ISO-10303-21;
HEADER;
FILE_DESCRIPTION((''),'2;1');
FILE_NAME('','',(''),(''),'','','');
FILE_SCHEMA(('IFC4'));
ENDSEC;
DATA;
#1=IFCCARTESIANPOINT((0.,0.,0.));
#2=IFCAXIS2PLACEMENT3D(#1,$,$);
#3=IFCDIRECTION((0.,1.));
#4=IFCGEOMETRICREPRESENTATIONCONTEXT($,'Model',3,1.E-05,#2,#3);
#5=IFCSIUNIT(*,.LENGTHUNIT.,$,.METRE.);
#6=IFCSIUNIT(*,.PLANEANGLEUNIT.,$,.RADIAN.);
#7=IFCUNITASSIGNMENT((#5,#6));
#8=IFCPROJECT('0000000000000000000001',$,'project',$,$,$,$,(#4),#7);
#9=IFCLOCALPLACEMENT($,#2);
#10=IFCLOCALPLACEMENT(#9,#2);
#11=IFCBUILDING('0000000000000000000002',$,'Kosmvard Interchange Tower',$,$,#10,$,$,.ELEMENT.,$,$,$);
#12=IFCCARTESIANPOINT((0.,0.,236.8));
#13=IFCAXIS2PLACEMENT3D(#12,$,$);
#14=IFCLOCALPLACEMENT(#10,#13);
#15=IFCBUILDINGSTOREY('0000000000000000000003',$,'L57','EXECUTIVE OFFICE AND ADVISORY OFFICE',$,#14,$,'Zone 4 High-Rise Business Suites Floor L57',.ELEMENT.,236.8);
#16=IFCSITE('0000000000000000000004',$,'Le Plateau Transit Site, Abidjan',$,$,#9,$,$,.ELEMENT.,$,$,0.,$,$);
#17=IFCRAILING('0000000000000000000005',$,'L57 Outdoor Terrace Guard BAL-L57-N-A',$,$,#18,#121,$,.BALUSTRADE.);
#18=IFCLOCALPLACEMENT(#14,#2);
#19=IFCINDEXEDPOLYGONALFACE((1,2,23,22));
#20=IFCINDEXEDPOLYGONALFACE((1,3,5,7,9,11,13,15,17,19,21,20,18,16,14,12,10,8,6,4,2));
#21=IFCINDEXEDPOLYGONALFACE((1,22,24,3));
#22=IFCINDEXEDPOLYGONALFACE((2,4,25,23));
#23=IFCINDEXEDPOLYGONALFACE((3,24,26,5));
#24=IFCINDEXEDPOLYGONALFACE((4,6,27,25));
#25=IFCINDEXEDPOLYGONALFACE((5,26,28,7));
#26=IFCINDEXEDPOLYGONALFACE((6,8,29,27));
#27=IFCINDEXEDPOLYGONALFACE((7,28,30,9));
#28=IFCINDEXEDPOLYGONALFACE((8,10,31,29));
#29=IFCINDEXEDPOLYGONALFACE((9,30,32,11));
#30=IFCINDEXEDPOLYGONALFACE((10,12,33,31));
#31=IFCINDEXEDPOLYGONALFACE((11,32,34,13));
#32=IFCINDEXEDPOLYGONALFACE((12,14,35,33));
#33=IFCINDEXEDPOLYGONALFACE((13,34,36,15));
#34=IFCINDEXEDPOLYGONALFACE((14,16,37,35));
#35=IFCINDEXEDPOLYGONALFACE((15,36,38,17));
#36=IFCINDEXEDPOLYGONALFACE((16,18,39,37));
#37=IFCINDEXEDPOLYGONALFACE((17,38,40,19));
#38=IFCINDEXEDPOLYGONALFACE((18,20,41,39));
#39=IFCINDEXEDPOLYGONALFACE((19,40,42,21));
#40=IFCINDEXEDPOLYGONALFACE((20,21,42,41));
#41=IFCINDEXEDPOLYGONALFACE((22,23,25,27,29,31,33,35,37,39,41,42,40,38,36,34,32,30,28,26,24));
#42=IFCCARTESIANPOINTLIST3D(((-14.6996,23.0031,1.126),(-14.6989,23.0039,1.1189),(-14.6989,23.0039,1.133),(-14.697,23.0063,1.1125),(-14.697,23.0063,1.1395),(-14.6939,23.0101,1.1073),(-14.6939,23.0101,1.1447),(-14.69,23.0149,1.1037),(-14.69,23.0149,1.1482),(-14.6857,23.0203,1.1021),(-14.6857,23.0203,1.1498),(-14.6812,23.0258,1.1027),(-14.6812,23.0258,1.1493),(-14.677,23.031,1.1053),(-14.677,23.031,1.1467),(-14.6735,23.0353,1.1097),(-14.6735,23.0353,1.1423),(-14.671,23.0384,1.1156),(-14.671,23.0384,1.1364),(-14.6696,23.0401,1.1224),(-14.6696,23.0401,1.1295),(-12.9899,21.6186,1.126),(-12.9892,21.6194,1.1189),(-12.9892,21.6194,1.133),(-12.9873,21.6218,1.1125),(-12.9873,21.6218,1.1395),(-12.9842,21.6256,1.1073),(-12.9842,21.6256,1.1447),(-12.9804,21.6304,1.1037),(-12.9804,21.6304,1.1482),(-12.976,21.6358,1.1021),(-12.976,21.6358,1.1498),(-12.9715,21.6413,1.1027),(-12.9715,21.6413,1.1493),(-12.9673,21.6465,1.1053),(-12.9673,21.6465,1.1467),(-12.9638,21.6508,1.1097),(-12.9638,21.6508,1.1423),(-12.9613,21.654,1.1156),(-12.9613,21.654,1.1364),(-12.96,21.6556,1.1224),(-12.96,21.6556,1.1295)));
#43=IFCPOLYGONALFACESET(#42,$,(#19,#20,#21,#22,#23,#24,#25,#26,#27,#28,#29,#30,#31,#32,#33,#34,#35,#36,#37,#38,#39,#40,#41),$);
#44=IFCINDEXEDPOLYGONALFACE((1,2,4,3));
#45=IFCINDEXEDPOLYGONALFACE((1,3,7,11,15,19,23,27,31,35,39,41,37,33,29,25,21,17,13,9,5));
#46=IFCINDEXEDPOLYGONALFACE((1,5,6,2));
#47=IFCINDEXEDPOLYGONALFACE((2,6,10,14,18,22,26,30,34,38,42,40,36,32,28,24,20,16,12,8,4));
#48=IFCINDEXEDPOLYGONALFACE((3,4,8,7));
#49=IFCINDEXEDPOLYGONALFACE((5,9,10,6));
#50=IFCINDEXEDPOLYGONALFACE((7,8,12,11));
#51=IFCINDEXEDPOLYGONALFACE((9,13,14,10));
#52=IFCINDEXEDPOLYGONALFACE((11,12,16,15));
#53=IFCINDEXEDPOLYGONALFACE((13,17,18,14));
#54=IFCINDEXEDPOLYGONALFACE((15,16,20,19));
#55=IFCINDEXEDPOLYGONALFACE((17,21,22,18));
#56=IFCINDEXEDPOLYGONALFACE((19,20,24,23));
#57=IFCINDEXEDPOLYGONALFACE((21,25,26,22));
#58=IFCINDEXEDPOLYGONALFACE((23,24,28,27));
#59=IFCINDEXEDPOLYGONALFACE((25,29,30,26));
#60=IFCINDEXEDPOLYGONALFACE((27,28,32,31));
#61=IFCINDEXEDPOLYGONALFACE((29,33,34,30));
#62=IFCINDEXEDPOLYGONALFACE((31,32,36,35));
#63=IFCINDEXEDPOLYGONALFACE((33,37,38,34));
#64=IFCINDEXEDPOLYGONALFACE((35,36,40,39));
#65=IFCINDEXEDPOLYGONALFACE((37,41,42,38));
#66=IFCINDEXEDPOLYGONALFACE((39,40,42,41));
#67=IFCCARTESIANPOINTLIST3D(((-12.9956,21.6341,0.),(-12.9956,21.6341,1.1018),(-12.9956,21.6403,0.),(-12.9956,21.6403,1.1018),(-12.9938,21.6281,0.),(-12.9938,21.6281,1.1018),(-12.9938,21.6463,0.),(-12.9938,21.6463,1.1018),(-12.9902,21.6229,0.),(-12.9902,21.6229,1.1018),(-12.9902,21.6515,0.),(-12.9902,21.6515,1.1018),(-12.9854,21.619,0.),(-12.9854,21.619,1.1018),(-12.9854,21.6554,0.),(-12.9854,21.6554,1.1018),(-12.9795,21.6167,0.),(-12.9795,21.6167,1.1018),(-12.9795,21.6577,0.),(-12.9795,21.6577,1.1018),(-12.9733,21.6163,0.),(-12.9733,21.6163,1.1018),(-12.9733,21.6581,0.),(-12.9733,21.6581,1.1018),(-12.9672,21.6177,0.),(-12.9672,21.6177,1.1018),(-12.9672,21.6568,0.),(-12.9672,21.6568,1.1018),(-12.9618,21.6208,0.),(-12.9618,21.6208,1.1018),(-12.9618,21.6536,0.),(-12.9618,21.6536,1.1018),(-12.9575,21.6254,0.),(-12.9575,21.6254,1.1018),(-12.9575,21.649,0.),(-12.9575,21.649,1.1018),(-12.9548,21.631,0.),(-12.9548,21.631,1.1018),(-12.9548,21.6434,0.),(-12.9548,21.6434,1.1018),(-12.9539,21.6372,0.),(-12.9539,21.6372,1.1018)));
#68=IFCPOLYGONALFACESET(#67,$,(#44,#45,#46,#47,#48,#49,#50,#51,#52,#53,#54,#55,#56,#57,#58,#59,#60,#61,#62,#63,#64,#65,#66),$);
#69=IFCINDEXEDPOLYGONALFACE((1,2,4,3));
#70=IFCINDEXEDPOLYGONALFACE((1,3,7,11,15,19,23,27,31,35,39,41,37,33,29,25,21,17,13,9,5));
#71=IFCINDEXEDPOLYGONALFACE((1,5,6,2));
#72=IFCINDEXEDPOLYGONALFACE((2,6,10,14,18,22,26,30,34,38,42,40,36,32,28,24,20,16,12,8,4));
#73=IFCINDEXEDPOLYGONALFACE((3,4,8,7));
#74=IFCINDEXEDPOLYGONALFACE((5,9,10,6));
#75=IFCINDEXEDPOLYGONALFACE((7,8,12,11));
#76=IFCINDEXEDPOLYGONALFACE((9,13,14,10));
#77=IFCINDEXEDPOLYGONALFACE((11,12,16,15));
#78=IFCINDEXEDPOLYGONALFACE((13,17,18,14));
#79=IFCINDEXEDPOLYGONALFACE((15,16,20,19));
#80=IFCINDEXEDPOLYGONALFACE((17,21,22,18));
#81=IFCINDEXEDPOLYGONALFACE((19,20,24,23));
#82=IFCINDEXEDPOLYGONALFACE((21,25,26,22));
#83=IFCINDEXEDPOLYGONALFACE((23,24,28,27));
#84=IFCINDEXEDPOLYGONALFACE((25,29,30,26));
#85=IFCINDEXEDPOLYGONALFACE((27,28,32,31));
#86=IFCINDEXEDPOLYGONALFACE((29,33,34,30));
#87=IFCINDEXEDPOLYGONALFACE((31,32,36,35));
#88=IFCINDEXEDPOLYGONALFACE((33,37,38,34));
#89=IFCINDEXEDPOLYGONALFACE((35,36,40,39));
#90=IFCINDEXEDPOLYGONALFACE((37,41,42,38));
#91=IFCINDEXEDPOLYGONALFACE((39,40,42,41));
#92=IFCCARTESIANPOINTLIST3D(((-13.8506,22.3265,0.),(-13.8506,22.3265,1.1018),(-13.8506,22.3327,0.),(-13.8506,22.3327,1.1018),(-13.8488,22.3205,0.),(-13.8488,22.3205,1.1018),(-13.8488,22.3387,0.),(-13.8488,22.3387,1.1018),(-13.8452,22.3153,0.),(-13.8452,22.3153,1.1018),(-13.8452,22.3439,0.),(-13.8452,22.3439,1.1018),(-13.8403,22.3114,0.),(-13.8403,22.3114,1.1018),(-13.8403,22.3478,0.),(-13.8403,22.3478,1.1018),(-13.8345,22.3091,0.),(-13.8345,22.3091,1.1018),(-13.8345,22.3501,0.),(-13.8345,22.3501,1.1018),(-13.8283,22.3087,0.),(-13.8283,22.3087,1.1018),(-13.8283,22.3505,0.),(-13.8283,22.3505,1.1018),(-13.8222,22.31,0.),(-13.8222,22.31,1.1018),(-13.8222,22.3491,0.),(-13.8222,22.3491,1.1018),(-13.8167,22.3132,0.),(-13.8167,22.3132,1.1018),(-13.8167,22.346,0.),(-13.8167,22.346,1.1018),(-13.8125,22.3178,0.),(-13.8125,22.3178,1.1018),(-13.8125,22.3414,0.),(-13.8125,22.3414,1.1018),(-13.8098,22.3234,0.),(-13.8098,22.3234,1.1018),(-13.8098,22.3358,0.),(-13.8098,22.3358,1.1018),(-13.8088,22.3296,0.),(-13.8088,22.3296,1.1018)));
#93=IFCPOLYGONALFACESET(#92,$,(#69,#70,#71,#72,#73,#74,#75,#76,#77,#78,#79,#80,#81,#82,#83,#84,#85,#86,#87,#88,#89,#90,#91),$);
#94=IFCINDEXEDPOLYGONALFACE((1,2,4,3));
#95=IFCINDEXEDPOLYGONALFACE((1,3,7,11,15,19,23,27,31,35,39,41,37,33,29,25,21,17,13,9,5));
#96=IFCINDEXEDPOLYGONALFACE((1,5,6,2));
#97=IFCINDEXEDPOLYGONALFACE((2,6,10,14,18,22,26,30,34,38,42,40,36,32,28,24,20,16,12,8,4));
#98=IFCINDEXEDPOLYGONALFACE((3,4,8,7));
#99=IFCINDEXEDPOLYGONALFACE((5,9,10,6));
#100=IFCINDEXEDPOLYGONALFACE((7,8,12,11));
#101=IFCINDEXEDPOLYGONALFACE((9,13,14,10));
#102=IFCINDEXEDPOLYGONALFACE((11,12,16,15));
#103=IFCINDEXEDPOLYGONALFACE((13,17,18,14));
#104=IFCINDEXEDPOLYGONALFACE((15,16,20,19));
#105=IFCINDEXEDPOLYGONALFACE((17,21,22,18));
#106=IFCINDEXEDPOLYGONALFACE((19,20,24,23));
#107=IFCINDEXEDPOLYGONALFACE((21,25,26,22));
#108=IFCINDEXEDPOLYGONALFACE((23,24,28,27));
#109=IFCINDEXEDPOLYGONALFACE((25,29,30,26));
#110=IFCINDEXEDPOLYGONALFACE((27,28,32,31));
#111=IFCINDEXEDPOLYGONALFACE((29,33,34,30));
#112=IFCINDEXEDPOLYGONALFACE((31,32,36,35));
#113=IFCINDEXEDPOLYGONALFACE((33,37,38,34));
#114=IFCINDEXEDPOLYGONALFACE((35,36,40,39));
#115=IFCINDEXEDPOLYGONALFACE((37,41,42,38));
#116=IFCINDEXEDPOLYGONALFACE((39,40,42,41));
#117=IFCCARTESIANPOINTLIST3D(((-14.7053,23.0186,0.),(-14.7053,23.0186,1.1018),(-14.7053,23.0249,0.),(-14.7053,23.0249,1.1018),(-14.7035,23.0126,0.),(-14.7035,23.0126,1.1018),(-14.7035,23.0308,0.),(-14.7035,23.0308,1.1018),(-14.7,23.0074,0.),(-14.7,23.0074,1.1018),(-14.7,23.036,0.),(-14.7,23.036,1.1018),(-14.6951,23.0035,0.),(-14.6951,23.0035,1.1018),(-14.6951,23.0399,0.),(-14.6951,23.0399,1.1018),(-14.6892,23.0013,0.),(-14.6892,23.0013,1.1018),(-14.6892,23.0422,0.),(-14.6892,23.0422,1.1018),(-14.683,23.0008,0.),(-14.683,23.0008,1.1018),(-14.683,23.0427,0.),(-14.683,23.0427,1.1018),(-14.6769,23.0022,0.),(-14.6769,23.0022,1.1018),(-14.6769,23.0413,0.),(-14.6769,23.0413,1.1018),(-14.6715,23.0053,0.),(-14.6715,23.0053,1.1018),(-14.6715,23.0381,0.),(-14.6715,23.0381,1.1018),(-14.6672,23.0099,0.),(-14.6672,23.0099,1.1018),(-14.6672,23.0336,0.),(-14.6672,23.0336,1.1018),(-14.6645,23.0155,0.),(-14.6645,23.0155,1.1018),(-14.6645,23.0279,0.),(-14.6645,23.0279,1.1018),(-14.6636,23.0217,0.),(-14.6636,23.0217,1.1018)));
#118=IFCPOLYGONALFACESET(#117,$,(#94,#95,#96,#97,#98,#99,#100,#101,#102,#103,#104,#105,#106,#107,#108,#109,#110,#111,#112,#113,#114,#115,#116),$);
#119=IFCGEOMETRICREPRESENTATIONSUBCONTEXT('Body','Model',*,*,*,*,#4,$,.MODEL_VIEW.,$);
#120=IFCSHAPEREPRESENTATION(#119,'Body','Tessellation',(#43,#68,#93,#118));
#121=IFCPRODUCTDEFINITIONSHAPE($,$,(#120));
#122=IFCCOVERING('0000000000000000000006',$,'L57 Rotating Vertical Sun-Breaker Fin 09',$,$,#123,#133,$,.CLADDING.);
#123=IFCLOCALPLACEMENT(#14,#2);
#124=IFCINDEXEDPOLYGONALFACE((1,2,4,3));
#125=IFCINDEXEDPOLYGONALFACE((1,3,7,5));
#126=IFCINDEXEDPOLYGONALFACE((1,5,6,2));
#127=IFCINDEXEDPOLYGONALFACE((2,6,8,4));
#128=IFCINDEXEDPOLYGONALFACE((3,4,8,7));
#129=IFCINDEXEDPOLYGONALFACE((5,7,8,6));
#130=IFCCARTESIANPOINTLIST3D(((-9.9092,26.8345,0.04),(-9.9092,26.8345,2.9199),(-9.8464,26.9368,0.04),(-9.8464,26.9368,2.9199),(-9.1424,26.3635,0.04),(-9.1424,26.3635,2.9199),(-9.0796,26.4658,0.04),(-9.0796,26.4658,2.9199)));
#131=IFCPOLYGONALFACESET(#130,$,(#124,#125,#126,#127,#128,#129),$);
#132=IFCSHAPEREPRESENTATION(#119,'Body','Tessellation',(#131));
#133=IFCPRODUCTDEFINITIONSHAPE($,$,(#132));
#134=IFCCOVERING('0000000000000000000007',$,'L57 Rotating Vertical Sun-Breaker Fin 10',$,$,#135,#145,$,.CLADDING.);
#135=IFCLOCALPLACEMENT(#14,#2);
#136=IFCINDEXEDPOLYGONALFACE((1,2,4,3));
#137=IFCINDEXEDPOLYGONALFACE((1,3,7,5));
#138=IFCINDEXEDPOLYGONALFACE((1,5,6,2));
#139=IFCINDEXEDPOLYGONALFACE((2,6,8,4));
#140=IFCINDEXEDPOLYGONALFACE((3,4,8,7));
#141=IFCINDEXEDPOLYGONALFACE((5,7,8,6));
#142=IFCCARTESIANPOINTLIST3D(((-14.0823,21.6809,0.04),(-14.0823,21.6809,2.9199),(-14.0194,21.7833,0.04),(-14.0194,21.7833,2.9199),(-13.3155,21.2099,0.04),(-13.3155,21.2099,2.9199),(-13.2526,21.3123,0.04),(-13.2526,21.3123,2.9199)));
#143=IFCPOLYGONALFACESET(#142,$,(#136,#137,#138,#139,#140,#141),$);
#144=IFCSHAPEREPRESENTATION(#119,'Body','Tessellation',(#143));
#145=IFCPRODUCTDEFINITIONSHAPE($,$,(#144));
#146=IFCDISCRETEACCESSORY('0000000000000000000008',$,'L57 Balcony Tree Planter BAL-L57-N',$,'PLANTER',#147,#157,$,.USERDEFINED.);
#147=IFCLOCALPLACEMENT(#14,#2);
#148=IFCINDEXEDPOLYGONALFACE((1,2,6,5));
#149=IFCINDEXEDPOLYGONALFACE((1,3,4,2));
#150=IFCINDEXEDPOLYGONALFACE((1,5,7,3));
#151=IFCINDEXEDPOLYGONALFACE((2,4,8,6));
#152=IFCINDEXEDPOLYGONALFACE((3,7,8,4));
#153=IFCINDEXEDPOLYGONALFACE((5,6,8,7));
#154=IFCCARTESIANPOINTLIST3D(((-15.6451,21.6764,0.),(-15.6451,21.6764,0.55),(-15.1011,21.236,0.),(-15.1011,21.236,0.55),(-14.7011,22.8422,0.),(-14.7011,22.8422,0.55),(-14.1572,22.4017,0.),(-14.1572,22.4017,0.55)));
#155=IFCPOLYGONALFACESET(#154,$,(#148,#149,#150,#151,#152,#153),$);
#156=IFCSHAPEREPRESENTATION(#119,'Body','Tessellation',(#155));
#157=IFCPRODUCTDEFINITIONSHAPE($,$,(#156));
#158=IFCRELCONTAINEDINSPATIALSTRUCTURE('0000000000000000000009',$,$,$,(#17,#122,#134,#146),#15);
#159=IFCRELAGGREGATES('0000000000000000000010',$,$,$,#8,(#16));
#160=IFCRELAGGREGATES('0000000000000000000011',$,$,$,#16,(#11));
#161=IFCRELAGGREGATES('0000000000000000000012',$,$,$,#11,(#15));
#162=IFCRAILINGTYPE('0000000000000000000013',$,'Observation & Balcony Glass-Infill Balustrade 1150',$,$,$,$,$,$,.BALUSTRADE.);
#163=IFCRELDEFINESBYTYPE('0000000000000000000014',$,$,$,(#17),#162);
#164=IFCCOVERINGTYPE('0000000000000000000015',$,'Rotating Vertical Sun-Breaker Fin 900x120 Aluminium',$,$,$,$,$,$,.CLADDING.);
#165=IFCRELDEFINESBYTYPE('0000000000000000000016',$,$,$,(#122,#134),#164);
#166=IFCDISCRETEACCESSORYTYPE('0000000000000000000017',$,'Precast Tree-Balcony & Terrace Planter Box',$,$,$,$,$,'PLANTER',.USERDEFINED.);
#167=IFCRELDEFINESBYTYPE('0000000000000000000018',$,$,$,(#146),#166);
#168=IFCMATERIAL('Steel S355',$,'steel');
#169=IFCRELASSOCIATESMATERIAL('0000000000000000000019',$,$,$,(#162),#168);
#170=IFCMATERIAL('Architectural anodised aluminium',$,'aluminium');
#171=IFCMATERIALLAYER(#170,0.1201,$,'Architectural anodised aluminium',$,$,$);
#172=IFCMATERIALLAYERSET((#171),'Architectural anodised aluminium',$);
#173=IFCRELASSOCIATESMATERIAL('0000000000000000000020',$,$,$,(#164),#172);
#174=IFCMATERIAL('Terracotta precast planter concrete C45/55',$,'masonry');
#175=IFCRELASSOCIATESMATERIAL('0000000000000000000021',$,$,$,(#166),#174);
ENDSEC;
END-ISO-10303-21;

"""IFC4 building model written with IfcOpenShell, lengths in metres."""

from ifc_helpers import new_model, si_unit, direction, frame, origin, origin_2d, place, context, subcontext, project, spatial, rectangle, circle, extrude, source, transform, mapped, material, layer, layer_set, type_object, element, save


model = new_model("IFC4")

# Units and contexts
model_context = context("Model", 3, precision=1e-05, world=origin(), true_north=direction((0.0, 1.0)))
body_context = subcontext(model_context, "Body", "Model", "MODEL_VIEW")
ifc_project = project(units=[si_unit("LENGTHUNIT", "METRE"), si_unit("PLANEANGLEUNIT", "RADIAN")], contexts=[model_context])

# Site, building, storey
site_placement = place(None, origin())
site = spatial("IfcSite", under=ifc_project, at=site_placement, Name="Le Plateau Transit Site, Abidjan", CompositionType="ELEMENT", RefElevation=0.0)
building_placement = place(site_placement, origin())
building = spatial("IfcBuilding", under=site, at=building_placement, Name="Kosmvard Interchange Tower", CompositionType="ELEMENT")
storey_placement = place(building_placement, frame((0.0, 0.0, 236.8)))
storey = spatial("IfcBuildingStorey", under=building, at=storey_placement, Name="L57", Description="EXECUTIVE OFFICE AND ADVISORY OFFICE", LongName="Zone 4 High-Rise Business Suites Floor L57", CompositionType="ELEMENT", Elevation=236.8)

# Shared definitions
ifc_material_1 = material(Name="Steel S355", Category="steel")

# Railing
railing_type = type_object("IfcRailingType", Name="Observation & Balcony Glass-Infill Balustrade 1150", PredefinedType="BALUSTRADE", material=ifc_material_1)
shared_shape_1 = source(origin(), body_context, "Body", "SweptSolid", [
    extrude(circle(Radius=0.0239, at=origin_2d()), frame((0.0, 0.0, 1.126), z_axis=(-0.777141, 0.629326, 0.0), x_axis=(-0.629326, -0.777141, 0.0)), (0.0, 0.0, 1.0), 2.2),
    extrude(circle(Radius=0.021, at=origin_2d()), origin(), (0.0, 0.0, 1.0), 1.1018),
    extrude(circle(Radius=0.021, at=origin_2d()), frame((-0.855, 0.6924, 0.0)), (0.0, 0.0, 1.0), 1.1018),
    extrude(circle(Radius=0.021, at=origin_2d()), frame((-1.7097, 1.3845, 0.0)), (0.0, 0.0, 1.0), 1.1018),
])
railing_1_placement = place(storey_placement, frame((-12.9749, 21.6372, 0.0)))
element("IfcRailing", 1, at=railing_1_placement, inside=storey, type_object=railing_type, Name="L57 Outdoor Terrace Guard BAL-L57-N-A", PredefinedType="BALUSTRADE", context=body_context, shape_type="MappedRepresentation", body=[
    mapped(shared_shape_1, transform((0.0, 0.0, 0.0), scale=1.0)),
])

# Coverings
ifc_material_2 = material(Name="Architectural anodised aluminium", Category="aluminium")
ifc_layer_1 = layer(ifc_material_2, 0.1201, Name="Architectural anodised aluminium")
ifc_layer_set_1 = layer_set([ifc_layer_1], Name="Architectural anodised aluminium")
covering_type = type_object("IfcCoveringType", Name="Rotating Vertical Sun-Breaker Fin 900x120 Aluminium", PredefinedType="CLADDING", material=ifc_layer_set_1)
shared_shape_2 = source(origin(), body_context, "Body", "SweptSolid", [
    extrude(rectangle(XDim=0.8999, YDim=0.1201, at=origin_2d()), origin(), (0.0, 0.0, 1.0), 2.8799),
])
for number, where, z_axis, x_axis, name in (
    (2, (-9.4944, 26.6501, 0.04), (0.0, 0.0, 1.0), (-0.852093, 0.523391, 0.0), "L57 Rotating Vertical Sun-Breaker Fin 09"),
    (3, (-13.6675, 21.4966, 0.04), (0.0, 0.0, 1.0), (-0.852093, 0.523391, 0.0), "L57 Rotating Vertical Sun-Breaker Fin 10"),
):
    element("IfcCovering", number, at=place(storey_placement, frame(where, z_axis=z_axis, x_axis=x_axis)), inside=storey, type_object=covering_type, Name=name, PredefinedType="CLADDING", context=body_context, shape_type="MappedRepresentation", body=[
        mapped(shared_shape_2, transform((0.0, 0.0, 0.0), scale=1.0)),
    ])

# Discrete accessory
ifc_material_3 = material(Name="Terracotta precast planter concrete C45/55", Category="masonry")
discrete_accessory_type = type_object("IfcDiscreteAccessoryType", Name="Precast Tree-Balcony & Terrace Planter Box", ElementType="PLANTER", PredefinedType="USERDEFINED", material=ifc_material_3)
shared_shape_3 = source(origin(), body_context, "Body", "SweptSolid", [
    extrude(rectangle(XDim=1.5, YDim=0.7, at=origin_2d()), origin(), (0.0, 0.0, 1.0), 0.55),
])
discrete_accessory_placement = place(storey_placement, frame((-14.9011, 22.0391, 0.0), z_axis=(0.0, 0.0, 1.0), x_axis=(0.62932, 0.777146, 0.0)))
element("IfcDiscreteAccessory", 4, at=discrete_accessory_placement, inside=storey, type_object=discrete_accessory_type, Name="L57 Balcony Tree Planter BAL-L57-N", ObjectType="PLANTER", PredefinedType="USERDEFINED", context=body_context, shape_type="MappedRepresentation", body=[
    mapped(shared_shape_3, transform((0.0, 0.0, 0.0), scale=1.0)),
])

save(model, "model.ifc")
